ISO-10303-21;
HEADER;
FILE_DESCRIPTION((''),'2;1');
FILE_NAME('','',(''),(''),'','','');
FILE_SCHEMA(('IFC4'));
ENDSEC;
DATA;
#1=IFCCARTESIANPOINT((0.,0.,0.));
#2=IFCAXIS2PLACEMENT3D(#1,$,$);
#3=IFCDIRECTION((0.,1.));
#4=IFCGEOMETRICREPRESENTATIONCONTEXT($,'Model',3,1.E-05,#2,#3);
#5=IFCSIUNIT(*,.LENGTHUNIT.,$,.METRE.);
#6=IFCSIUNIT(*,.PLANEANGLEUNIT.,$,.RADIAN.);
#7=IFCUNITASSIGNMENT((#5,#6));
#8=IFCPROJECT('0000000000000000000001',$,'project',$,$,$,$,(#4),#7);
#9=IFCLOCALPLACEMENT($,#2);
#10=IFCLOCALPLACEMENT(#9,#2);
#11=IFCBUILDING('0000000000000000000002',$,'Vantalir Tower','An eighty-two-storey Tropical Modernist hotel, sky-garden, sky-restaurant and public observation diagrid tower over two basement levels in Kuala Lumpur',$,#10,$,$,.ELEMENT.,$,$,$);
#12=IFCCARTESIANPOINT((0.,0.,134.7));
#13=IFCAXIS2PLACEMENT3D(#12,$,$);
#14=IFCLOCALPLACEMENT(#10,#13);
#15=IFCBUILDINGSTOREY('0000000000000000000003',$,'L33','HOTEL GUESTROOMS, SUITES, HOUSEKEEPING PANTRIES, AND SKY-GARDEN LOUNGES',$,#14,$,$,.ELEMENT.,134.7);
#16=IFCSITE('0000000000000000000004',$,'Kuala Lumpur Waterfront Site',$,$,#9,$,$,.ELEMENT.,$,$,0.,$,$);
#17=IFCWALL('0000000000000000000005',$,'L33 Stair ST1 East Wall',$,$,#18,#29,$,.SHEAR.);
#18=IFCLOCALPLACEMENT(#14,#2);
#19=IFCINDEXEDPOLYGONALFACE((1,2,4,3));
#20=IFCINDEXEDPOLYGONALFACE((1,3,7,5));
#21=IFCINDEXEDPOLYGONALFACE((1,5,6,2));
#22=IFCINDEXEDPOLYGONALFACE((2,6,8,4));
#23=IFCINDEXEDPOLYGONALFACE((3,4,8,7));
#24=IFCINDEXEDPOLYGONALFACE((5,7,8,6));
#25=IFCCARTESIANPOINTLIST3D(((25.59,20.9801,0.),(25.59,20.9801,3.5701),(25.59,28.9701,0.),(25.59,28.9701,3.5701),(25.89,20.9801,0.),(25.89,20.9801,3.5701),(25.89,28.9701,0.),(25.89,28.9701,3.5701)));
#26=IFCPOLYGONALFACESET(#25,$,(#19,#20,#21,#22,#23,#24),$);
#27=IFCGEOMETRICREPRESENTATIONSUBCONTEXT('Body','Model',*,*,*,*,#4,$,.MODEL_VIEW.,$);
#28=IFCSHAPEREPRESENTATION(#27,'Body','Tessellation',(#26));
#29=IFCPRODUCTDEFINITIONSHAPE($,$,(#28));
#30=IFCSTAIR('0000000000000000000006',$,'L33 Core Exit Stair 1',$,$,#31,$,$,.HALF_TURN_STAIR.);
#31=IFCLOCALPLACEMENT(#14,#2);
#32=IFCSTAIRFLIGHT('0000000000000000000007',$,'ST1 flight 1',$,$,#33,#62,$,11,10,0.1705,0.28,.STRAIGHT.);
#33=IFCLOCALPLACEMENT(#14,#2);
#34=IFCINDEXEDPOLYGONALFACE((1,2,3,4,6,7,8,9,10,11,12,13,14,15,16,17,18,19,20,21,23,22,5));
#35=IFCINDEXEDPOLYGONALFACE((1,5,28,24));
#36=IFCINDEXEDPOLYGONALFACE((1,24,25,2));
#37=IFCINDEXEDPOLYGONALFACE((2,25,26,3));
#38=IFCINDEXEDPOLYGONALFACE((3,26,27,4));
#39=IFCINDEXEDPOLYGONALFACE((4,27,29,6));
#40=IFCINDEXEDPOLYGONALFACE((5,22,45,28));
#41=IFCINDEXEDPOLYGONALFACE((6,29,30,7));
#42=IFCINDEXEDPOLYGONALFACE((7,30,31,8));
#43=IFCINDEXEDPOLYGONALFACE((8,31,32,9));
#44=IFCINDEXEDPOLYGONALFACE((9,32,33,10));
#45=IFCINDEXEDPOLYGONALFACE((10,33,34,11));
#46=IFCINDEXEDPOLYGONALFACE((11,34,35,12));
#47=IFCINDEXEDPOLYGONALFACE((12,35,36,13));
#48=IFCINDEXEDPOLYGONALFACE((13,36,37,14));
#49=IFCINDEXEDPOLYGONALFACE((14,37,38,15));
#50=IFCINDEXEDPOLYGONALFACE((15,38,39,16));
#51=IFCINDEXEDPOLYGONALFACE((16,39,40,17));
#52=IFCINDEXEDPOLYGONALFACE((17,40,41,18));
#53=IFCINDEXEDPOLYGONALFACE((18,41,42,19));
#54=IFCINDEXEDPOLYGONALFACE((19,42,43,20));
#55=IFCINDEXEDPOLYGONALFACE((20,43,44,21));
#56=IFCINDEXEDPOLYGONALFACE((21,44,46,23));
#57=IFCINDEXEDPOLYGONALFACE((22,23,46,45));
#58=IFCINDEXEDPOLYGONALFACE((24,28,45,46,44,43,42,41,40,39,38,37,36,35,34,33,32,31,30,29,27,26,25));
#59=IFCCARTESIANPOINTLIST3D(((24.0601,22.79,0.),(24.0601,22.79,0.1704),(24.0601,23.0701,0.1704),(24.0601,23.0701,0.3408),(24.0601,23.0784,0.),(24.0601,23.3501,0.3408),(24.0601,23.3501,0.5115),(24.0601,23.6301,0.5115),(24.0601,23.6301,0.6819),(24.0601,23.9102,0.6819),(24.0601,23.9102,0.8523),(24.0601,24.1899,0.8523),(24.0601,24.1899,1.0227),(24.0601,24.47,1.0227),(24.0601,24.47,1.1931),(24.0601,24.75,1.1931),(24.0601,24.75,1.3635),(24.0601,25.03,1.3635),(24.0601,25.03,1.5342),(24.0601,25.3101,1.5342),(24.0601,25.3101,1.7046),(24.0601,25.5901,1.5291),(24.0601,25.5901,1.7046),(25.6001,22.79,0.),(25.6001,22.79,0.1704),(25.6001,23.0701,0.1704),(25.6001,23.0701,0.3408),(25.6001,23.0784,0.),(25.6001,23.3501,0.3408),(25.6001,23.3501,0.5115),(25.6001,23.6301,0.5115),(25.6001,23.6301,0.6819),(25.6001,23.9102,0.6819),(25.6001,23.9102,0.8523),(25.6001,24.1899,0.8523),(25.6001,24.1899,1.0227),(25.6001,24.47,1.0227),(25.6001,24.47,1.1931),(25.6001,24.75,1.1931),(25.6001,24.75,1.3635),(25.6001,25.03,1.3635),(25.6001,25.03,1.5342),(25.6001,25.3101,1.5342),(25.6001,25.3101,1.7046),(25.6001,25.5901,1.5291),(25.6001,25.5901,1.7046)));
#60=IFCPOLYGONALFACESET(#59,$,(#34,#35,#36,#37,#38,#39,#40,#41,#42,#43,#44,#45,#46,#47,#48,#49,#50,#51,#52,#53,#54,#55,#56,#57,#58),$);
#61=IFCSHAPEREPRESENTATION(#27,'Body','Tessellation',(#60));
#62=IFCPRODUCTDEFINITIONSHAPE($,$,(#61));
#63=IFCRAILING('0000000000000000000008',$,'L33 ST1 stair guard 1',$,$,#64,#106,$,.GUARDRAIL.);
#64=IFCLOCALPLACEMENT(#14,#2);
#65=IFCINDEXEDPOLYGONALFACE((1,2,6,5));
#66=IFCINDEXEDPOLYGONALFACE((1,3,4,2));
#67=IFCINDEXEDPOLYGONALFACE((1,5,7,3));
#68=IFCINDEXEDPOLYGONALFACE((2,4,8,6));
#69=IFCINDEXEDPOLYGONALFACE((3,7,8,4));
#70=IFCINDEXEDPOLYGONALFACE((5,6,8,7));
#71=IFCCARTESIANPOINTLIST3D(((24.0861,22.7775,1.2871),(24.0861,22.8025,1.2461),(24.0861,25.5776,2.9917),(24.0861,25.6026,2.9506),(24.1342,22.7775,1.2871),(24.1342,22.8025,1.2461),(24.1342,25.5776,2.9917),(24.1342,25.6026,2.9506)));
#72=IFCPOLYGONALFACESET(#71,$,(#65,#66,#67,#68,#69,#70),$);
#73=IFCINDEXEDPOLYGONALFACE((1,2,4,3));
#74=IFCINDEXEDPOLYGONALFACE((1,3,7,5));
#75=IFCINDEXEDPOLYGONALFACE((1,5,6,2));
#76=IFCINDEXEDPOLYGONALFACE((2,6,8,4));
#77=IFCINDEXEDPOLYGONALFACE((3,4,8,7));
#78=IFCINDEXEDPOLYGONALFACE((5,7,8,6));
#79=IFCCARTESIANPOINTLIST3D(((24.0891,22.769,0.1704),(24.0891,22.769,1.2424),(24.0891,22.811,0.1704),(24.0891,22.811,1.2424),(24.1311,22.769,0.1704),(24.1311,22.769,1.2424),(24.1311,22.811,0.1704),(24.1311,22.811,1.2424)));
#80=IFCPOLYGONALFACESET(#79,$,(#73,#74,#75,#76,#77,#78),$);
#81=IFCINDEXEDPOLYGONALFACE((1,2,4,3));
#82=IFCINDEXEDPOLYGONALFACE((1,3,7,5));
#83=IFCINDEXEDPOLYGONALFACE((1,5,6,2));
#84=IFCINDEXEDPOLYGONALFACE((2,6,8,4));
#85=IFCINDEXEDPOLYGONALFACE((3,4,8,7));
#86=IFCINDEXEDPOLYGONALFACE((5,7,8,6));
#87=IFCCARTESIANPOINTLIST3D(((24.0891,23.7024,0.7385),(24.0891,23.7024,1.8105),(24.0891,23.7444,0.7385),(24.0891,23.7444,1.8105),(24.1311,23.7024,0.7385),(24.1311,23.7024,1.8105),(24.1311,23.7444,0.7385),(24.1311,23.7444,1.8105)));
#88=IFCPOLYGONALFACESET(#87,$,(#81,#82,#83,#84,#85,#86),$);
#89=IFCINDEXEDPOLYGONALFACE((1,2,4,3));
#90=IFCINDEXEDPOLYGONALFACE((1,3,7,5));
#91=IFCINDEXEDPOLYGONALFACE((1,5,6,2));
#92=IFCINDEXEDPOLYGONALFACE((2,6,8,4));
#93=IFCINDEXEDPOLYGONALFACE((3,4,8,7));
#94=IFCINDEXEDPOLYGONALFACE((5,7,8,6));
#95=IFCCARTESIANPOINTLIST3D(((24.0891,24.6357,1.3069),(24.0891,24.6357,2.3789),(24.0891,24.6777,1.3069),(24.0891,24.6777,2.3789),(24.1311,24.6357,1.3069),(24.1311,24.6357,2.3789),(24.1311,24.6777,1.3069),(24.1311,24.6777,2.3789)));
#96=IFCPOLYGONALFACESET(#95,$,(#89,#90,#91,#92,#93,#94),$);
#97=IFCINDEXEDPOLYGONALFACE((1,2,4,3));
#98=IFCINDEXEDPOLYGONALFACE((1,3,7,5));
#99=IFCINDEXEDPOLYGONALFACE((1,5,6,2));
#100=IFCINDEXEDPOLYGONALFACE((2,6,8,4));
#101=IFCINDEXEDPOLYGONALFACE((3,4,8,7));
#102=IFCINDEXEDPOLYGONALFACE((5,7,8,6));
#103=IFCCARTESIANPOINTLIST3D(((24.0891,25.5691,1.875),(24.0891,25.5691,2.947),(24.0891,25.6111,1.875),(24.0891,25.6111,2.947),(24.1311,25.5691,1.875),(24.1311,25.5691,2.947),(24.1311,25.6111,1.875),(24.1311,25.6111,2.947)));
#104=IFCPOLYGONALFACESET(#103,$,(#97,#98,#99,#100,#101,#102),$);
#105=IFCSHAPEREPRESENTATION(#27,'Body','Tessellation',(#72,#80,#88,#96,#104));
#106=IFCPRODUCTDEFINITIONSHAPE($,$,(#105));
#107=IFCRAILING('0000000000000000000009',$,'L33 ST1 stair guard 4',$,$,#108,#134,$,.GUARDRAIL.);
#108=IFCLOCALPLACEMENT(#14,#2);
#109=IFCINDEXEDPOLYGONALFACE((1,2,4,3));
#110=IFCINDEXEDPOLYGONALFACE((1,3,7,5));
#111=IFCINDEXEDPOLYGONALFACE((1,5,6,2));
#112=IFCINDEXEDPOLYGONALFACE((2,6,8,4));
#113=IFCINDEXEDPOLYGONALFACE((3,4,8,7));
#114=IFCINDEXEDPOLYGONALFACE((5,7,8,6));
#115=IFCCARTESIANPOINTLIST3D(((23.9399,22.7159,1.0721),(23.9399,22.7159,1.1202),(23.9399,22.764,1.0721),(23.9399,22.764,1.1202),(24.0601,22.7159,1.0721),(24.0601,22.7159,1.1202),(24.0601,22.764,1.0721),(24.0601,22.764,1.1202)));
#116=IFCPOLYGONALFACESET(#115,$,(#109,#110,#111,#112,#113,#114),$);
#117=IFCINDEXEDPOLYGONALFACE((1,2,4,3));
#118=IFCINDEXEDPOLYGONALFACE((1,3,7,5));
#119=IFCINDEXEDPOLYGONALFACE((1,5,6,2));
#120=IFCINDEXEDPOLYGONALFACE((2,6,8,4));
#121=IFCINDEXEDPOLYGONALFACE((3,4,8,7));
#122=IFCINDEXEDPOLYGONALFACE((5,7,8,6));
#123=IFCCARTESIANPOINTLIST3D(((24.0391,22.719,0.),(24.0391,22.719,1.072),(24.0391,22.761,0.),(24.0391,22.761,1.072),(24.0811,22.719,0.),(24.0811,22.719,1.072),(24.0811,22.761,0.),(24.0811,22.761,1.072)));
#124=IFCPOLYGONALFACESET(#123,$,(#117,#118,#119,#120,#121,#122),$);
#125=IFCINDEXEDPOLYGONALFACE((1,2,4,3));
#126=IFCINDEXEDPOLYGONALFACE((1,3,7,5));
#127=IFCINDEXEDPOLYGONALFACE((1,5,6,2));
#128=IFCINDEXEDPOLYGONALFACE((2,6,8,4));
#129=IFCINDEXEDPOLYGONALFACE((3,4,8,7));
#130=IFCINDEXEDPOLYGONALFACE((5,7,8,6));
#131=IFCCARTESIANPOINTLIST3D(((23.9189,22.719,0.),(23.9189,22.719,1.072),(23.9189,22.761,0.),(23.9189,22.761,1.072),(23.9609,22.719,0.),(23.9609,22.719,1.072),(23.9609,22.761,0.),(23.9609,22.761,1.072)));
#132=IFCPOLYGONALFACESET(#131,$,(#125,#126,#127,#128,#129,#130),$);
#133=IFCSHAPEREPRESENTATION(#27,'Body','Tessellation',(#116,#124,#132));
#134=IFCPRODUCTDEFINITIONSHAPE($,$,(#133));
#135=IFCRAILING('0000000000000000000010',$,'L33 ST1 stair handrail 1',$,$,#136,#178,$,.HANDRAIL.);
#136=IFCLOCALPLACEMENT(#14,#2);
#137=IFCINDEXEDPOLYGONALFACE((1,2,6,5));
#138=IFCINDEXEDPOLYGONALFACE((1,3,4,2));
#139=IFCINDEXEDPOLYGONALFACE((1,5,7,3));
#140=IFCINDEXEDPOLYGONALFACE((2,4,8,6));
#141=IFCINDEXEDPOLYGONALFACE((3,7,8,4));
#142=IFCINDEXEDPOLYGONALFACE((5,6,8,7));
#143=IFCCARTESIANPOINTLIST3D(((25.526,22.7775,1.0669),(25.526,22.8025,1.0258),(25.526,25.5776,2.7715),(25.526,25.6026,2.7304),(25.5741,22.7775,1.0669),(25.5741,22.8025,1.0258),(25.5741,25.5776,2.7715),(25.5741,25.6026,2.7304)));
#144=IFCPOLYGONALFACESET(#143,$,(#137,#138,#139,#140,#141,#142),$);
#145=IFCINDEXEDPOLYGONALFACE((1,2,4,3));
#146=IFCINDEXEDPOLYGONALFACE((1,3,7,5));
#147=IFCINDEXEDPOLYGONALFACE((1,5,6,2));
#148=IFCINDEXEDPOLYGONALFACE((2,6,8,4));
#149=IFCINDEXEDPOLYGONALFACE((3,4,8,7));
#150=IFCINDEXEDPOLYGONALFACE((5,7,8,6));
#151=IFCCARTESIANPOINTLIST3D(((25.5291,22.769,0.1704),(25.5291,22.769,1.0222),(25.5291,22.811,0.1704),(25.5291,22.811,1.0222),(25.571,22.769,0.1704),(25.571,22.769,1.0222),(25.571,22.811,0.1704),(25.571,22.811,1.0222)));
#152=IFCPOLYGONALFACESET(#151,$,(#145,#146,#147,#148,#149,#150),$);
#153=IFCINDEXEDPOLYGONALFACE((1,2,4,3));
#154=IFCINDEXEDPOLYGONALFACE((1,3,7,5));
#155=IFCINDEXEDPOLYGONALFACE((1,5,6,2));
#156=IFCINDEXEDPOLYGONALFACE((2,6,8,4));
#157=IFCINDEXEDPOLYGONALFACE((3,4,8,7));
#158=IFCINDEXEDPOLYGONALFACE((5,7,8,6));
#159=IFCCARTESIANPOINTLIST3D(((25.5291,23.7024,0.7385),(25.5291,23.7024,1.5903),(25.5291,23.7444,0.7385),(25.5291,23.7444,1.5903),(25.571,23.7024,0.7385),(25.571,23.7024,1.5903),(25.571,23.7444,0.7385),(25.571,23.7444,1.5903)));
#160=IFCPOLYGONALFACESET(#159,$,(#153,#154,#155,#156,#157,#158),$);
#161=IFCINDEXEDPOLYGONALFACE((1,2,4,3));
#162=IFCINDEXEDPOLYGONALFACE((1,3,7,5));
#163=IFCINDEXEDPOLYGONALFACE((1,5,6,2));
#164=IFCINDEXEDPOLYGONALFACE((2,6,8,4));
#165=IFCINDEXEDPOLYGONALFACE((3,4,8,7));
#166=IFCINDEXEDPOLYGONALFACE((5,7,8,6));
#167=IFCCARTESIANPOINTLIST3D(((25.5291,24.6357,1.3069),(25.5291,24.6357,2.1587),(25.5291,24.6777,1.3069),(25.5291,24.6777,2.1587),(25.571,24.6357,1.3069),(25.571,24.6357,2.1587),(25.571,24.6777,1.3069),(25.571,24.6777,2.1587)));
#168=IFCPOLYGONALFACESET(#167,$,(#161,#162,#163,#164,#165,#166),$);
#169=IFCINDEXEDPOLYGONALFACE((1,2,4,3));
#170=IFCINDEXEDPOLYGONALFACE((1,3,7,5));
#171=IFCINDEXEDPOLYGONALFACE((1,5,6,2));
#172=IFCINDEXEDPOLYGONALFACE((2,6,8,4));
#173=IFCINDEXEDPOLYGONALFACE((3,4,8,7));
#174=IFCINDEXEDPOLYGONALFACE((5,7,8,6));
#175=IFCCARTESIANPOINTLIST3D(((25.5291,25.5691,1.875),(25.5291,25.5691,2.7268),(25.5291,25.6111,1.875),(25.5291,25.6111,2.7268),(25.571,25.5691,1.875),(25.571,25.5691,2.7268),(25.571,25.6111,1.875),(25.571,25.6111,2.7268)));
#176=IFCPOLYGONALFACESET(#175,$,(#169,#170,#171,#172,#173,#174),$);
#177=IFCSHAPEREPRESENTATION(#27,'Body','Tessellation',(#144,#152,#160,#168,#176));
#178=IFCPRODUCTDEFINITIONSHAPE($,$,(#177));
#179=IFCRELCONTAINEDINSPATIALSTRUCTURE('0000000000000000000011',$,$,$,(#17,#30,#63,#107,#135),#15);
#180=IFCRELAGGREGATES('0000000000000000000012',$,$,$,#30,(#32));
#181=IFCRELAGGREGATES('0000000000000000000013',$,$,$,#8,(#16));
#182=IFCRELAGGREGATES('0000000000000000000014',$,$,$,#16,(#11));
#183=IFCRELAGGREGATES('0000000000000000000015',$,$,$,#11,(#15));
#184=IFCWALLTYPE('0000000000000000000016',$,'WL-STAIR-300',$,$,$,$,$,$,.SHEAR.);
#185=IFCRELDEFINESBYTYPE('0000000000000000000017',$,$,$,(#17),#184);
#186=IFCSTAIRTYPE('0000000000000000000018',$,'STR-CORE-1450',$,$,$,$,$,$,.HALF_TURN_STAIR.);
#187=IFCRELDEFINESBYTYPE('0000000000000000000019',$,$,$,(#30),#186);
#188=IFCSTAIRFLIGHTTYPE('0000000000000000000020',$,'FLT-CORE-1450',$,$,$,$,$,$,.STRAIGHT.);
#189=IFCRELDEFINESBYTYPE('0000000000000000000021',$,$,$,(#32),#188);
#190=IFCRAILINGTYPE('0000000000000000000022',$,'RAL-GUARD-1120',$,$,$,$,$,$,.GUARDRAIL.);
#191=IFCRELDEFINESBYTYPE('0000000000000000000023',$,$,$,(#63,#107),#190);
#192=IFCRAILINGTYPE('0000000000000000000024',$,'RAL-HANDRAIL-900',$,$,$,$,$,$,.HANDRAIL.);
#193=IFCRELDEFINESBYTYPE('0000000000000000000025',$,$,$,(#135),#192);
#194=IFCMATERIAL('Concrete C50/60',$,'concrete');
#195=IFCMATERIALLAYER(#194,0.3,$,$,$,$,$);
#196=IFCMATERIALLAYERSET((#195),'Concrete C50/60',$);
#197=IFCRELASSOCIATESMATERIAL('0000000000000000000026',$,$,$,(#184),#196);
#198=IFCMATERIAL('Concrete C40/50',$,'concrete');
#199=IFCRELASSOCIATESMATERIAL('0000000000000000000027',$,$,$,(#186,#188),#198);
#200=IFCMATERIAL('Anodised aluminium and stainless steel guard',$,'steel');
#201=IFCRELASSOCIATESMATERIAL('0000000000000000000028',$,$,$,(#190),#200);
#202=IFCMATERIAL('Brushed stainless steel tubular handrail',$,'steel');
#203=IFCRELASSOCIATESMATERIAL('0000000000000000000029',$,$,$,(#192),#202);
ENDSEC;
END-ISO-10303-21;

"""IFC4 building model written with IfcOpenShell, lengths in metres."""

from ifc_helpers import new_model, si_unit, direction, frame, frame_2d, origin, origin_2d, place, context, subcontext, project, spatial, polyline, rectangle, outline, extrude, material, layer, layer_set, type_object, element, aggregate, save


model = new_model("IFC4")

# Units and contexts
model_context = context("Model", 3, precision=1e-05, world=origin(), true_north=direction((0.0, 1.0)))
body_context = subcontext(model_context, "Body", "Model", "MODEL_VIEW")
ifc_project = project(units=[si_unit("LENGTHUNIT", "METRE"), si_unit("PLANEANGLEUNIT", "RADIAN")], contexts=[model_context])

# Site, building, storey
site_placement = place(None, origin())
site = spatial("IfcSite", under=ifc_project, at=site_placement, Name="Kuala Lumpur Waterfront Site", CompositionType="ELEMENT", RefElevation=0.0)
building_placement = place(site_placement, origin())
building = spatial("IfcBuilding", under=site, at=building_placement, Name="Vantalir Tower", Description="An eighty-two-storey Tropical Modernist hotel, sky-garden, sky-restaurant and public observation diagrid tower over two basement levels in Kuala Lumpur", CompositionType="ELEMENT")
storey_placement = place(building_placement, frame((0.0, 0.0, 134.7)))
storey = spatial("IfcBuildingStorey", under=building, at=storey_placement, Name="L33", Description="HOTEL GUESTROOMS, SUITES, HOUSEKEEPING PANTRIES, AND SKY-GARDEN LOUNGES", CompositionType="ELEMENT", Elevation=134.7)

# Shared definitions
ifc_material_1 = material(Name="Concrete C50/60", Category="concrete")
ifc_layer_1 = layer(ifc_material_1, 0.3)
ifc_layer_set_1 = layer_set([ifc_layer_1], Name="Concrete C50/60")
wall_type_1 = type_object("IfcWallType", Name="WL-STAIR-300", PredefinedType="SHEAR", material=ifc_layer_set_1)

# Wall
wall_1_placement = place(storey_placement, frame((25.74, 20.98, 0.0), z_axis=(0.0, 0.0, 1.0), x_axis=(0.0, 1.0, 0.0)))
element("IfcWall", 1, at=wall_1_placement, inside=storey, type_object=wall_type_1, Name="L33 Stair ST1 East Wall", PredefinedType="SHEAR", context=body_context, shape_type="SweptSolid", body=[
    extrude(rectangle(XDim=7.99, YDim=0.3, at=frame_2d((3.9951, 0.0))), origin(), (0.0, 0.0, 1.0), 3.5701),
])

# Stair, stair flight
ifc_material_2 = material(Name="Concrete C40/50", Category="concrete")
stair_type = type_object("IfcStairType", Name="STR-CORE-1450", PredefinedType="HALF_TURN_STAIR", material=ifc_material_2)
stair_placement = place(storey_placement, origin())
stair = element("IfcStair", 2, at=stair_placement, inside=storey, type_object=stair_type, Name="L33 Core Exit Stair 1", PredefinedType="HALF_TURN_STAIR")
stair_flight_type = type_object("IfcStairFlightType", Name="FLT-CORE-1450", PredefinedType="STRAIGHT", material=ifc_material_2)
stair_flight_placement = place(storey_placement, frame((24.8301, 22.79, 0.0), z_axis=(0.0, 0.0, 1.0), x_axis=(0.0, 1.0, 0.0)))
stair_flight = element("IfcStairFlight", 3, at=stair_flight_placement, type_object=stair_flight_type, Name="ST1 flight 1", NumberOfRisers=11, NumberOfTreads=10, PredefinedType="STRAIGHT", RiserHeight=0.1705, TreadLength=0.28, context=body_context, shape_type="SweptSolid", body=[
    extrude(outline(polyline([(0.0, 0.0), (0.0, 0.1704), (0.28, 0.1704), (0.28, 0.3408), (0.5601, 0.3408), (0.5601, 0.5115), (0.8401, 0.5115), (0.8401, 0.6819), (1.1201, 0.6819), (1.1201, 0.8523), (1.3999, 0.8523), (1.3999, 1.0227), (1.6799, 1.0227), (1.6799, 1.1931), (1.96, 1.1931), (1.96, 1.3635), (2.24, 1.3635), (2.24, 1.5342), (2.52, 1.5342), (2.52, 1.7046), (2.8, 1.7046), (2.8, 1.875), (2.8, 1.5291), (0.2883, 0.0), (0.0, 0.0)])), frame((0.0, 0.77, 0.0), z_axis=(0.0, -1.0, 0.0), x_axis=(1.0, 0.0, 0.0)), (0.0, 0.0, 1.0), 1.54),
])
aggregate(stair, [stair_flight])

# Railings
ifc_material_3 = material(Name="Anodised aluminium and stainless steel guard", Category="steel")
railing_type_1 = type_object("IfcRailingType", Name="RAL-GUARD-1120", PredefinedType="GUARDRAIL", material=ifc_material_3)
railing_1_placement = place(storey_placement, frame((24.1101, 22.79, 0.1704)))
element("IfcRailing", 4, at=railing_1_placement, inside=storey, type_object=railing_type_1, Name="L33 ST1 stair guard 1", PredefinedType="GUARDRAIL", context=body_context, shape_type="SweptSolid", body=[
    extrude(rectangle(XDim=0.0481, YDim=0.0481, at=origin_2d()), frame((0.0, 0.0, 1.0962), z_axis=(0.0, 0.85417, 0.519994), x_axis=(-1.0, 0.0, 0.0)), (0.0, 0.0, 1.0), 3.2781),
    extrude(rectangle(XDim=0.042, YDim=0.042, at=origin_2d()), origin(), (0.0, 0.0, 1.0), 1.072),
    extrude(rectangle(XDim=0.042, YDim=0.042, at=origin_2d()), frame((0.0, 0.9333, 0.5681)), (0.0, 0.0, 1.0), 1.072),
    extrude(rectangle(XDim=0.042, YDim=0.042, at=origin_2d()), frame((0.0, 1.8667, 1.1365)), (0.0, 0.0, 1.0), 1.072),
    extrude(rectangle(XDim=0.042, YDim=0.042, at=origin_2d()), frame((0.0, 2.8, 1.7046)), (0.0, 0.0, 1.0), 1.072),
])
railing_2_placement = place(storey_placement, frame((24.0601, 22.74, 0.0)))
element("IfcRailing", 5, at=railing_2_placement, inside=storey, type_object=railing_type_1, Name="L33 ST1 stair guard 4", PredefinedType="GUARDRAIL", context=body_context, shape_type="SweptSolid", body=[
    extrude(rectangle(XDim=0.0481, YDim=0.0481, at=origin_2d()), frame((0.0, 0.0, 1.0962), z_axis=(-1.0, 0.0, 0.0), x_axis=(0.0, -1.0, 0.0)), (0.0, 0.0, 1.0), 0.1201),
    extrude(rectangle(XDim=0.042, YDim=0.042, at=origin_2d()), origin(), (0.0, 0.0, 1.0), 1.072),
    extrude(rectangle(XDim=0.042, YDim=0.042, at=origin_2d()), frame((-0.1201, 0.0, 0.0)), (0.0, 0.0, 1.0), 1.072),
])
ifc_material_4 = material(Name="Brushed stainless steel tubular handrail", Category="steel")
railing_type_2 = type_object("IfcRailingType", Name="RAL-HANDRAIL-900", PredefinedType="HANDRAIL", material=ifc_material_4)
railing_3_placement = place(storey_placement, frame((25.55, 22.79, 0.1704)))
element("IfcRailing", 6, at=railing_3_placement, inside=storey, type_object=railing_type_2, Name="L33 ST1 stair handrail 1", PredefinedType="HANDRAIL", context=body_context, shape_type="SweptSolid", body=[
    extrude(rectangle(XDim=0.0481, YDim=0.0481, at=origin_2d()), frame((0.0, 0.0, 0.876), z_axis=(0.0, 0.85417, 0.519994), x_axis=(-1.0, 0.0, 0.0)), (0.0, 0.0, 1.0), 3.2781),
    extrude(rectangle(XDim=0.042, YDim=0.042, at=origin_2d()), origin(), (0.0, 0.0, 1.0), 0.8518),
    extrude(rectangle(XDim=0.042, YDim=0.042, at=origin_2d()), frame((0.0, 0.9333, 0.5681)), (0.0, 0.0, 1.0), 0.8518),
    extrude(rectangle(XDim=0.042, YDim=0.042, at=origin_2d()), frame((0.0, 1.8667, 1.1365)), (0.0, 0.0, 1.0), 0.8518),
    extrude(rectangle(XDim=0.042, YDim=0.042, at=origin_2d()), frame((0.0, 2.8, 1.7046)), (0.0, 0.0, 1.0), 0.8518),
])

save(model, "model.ifc")
